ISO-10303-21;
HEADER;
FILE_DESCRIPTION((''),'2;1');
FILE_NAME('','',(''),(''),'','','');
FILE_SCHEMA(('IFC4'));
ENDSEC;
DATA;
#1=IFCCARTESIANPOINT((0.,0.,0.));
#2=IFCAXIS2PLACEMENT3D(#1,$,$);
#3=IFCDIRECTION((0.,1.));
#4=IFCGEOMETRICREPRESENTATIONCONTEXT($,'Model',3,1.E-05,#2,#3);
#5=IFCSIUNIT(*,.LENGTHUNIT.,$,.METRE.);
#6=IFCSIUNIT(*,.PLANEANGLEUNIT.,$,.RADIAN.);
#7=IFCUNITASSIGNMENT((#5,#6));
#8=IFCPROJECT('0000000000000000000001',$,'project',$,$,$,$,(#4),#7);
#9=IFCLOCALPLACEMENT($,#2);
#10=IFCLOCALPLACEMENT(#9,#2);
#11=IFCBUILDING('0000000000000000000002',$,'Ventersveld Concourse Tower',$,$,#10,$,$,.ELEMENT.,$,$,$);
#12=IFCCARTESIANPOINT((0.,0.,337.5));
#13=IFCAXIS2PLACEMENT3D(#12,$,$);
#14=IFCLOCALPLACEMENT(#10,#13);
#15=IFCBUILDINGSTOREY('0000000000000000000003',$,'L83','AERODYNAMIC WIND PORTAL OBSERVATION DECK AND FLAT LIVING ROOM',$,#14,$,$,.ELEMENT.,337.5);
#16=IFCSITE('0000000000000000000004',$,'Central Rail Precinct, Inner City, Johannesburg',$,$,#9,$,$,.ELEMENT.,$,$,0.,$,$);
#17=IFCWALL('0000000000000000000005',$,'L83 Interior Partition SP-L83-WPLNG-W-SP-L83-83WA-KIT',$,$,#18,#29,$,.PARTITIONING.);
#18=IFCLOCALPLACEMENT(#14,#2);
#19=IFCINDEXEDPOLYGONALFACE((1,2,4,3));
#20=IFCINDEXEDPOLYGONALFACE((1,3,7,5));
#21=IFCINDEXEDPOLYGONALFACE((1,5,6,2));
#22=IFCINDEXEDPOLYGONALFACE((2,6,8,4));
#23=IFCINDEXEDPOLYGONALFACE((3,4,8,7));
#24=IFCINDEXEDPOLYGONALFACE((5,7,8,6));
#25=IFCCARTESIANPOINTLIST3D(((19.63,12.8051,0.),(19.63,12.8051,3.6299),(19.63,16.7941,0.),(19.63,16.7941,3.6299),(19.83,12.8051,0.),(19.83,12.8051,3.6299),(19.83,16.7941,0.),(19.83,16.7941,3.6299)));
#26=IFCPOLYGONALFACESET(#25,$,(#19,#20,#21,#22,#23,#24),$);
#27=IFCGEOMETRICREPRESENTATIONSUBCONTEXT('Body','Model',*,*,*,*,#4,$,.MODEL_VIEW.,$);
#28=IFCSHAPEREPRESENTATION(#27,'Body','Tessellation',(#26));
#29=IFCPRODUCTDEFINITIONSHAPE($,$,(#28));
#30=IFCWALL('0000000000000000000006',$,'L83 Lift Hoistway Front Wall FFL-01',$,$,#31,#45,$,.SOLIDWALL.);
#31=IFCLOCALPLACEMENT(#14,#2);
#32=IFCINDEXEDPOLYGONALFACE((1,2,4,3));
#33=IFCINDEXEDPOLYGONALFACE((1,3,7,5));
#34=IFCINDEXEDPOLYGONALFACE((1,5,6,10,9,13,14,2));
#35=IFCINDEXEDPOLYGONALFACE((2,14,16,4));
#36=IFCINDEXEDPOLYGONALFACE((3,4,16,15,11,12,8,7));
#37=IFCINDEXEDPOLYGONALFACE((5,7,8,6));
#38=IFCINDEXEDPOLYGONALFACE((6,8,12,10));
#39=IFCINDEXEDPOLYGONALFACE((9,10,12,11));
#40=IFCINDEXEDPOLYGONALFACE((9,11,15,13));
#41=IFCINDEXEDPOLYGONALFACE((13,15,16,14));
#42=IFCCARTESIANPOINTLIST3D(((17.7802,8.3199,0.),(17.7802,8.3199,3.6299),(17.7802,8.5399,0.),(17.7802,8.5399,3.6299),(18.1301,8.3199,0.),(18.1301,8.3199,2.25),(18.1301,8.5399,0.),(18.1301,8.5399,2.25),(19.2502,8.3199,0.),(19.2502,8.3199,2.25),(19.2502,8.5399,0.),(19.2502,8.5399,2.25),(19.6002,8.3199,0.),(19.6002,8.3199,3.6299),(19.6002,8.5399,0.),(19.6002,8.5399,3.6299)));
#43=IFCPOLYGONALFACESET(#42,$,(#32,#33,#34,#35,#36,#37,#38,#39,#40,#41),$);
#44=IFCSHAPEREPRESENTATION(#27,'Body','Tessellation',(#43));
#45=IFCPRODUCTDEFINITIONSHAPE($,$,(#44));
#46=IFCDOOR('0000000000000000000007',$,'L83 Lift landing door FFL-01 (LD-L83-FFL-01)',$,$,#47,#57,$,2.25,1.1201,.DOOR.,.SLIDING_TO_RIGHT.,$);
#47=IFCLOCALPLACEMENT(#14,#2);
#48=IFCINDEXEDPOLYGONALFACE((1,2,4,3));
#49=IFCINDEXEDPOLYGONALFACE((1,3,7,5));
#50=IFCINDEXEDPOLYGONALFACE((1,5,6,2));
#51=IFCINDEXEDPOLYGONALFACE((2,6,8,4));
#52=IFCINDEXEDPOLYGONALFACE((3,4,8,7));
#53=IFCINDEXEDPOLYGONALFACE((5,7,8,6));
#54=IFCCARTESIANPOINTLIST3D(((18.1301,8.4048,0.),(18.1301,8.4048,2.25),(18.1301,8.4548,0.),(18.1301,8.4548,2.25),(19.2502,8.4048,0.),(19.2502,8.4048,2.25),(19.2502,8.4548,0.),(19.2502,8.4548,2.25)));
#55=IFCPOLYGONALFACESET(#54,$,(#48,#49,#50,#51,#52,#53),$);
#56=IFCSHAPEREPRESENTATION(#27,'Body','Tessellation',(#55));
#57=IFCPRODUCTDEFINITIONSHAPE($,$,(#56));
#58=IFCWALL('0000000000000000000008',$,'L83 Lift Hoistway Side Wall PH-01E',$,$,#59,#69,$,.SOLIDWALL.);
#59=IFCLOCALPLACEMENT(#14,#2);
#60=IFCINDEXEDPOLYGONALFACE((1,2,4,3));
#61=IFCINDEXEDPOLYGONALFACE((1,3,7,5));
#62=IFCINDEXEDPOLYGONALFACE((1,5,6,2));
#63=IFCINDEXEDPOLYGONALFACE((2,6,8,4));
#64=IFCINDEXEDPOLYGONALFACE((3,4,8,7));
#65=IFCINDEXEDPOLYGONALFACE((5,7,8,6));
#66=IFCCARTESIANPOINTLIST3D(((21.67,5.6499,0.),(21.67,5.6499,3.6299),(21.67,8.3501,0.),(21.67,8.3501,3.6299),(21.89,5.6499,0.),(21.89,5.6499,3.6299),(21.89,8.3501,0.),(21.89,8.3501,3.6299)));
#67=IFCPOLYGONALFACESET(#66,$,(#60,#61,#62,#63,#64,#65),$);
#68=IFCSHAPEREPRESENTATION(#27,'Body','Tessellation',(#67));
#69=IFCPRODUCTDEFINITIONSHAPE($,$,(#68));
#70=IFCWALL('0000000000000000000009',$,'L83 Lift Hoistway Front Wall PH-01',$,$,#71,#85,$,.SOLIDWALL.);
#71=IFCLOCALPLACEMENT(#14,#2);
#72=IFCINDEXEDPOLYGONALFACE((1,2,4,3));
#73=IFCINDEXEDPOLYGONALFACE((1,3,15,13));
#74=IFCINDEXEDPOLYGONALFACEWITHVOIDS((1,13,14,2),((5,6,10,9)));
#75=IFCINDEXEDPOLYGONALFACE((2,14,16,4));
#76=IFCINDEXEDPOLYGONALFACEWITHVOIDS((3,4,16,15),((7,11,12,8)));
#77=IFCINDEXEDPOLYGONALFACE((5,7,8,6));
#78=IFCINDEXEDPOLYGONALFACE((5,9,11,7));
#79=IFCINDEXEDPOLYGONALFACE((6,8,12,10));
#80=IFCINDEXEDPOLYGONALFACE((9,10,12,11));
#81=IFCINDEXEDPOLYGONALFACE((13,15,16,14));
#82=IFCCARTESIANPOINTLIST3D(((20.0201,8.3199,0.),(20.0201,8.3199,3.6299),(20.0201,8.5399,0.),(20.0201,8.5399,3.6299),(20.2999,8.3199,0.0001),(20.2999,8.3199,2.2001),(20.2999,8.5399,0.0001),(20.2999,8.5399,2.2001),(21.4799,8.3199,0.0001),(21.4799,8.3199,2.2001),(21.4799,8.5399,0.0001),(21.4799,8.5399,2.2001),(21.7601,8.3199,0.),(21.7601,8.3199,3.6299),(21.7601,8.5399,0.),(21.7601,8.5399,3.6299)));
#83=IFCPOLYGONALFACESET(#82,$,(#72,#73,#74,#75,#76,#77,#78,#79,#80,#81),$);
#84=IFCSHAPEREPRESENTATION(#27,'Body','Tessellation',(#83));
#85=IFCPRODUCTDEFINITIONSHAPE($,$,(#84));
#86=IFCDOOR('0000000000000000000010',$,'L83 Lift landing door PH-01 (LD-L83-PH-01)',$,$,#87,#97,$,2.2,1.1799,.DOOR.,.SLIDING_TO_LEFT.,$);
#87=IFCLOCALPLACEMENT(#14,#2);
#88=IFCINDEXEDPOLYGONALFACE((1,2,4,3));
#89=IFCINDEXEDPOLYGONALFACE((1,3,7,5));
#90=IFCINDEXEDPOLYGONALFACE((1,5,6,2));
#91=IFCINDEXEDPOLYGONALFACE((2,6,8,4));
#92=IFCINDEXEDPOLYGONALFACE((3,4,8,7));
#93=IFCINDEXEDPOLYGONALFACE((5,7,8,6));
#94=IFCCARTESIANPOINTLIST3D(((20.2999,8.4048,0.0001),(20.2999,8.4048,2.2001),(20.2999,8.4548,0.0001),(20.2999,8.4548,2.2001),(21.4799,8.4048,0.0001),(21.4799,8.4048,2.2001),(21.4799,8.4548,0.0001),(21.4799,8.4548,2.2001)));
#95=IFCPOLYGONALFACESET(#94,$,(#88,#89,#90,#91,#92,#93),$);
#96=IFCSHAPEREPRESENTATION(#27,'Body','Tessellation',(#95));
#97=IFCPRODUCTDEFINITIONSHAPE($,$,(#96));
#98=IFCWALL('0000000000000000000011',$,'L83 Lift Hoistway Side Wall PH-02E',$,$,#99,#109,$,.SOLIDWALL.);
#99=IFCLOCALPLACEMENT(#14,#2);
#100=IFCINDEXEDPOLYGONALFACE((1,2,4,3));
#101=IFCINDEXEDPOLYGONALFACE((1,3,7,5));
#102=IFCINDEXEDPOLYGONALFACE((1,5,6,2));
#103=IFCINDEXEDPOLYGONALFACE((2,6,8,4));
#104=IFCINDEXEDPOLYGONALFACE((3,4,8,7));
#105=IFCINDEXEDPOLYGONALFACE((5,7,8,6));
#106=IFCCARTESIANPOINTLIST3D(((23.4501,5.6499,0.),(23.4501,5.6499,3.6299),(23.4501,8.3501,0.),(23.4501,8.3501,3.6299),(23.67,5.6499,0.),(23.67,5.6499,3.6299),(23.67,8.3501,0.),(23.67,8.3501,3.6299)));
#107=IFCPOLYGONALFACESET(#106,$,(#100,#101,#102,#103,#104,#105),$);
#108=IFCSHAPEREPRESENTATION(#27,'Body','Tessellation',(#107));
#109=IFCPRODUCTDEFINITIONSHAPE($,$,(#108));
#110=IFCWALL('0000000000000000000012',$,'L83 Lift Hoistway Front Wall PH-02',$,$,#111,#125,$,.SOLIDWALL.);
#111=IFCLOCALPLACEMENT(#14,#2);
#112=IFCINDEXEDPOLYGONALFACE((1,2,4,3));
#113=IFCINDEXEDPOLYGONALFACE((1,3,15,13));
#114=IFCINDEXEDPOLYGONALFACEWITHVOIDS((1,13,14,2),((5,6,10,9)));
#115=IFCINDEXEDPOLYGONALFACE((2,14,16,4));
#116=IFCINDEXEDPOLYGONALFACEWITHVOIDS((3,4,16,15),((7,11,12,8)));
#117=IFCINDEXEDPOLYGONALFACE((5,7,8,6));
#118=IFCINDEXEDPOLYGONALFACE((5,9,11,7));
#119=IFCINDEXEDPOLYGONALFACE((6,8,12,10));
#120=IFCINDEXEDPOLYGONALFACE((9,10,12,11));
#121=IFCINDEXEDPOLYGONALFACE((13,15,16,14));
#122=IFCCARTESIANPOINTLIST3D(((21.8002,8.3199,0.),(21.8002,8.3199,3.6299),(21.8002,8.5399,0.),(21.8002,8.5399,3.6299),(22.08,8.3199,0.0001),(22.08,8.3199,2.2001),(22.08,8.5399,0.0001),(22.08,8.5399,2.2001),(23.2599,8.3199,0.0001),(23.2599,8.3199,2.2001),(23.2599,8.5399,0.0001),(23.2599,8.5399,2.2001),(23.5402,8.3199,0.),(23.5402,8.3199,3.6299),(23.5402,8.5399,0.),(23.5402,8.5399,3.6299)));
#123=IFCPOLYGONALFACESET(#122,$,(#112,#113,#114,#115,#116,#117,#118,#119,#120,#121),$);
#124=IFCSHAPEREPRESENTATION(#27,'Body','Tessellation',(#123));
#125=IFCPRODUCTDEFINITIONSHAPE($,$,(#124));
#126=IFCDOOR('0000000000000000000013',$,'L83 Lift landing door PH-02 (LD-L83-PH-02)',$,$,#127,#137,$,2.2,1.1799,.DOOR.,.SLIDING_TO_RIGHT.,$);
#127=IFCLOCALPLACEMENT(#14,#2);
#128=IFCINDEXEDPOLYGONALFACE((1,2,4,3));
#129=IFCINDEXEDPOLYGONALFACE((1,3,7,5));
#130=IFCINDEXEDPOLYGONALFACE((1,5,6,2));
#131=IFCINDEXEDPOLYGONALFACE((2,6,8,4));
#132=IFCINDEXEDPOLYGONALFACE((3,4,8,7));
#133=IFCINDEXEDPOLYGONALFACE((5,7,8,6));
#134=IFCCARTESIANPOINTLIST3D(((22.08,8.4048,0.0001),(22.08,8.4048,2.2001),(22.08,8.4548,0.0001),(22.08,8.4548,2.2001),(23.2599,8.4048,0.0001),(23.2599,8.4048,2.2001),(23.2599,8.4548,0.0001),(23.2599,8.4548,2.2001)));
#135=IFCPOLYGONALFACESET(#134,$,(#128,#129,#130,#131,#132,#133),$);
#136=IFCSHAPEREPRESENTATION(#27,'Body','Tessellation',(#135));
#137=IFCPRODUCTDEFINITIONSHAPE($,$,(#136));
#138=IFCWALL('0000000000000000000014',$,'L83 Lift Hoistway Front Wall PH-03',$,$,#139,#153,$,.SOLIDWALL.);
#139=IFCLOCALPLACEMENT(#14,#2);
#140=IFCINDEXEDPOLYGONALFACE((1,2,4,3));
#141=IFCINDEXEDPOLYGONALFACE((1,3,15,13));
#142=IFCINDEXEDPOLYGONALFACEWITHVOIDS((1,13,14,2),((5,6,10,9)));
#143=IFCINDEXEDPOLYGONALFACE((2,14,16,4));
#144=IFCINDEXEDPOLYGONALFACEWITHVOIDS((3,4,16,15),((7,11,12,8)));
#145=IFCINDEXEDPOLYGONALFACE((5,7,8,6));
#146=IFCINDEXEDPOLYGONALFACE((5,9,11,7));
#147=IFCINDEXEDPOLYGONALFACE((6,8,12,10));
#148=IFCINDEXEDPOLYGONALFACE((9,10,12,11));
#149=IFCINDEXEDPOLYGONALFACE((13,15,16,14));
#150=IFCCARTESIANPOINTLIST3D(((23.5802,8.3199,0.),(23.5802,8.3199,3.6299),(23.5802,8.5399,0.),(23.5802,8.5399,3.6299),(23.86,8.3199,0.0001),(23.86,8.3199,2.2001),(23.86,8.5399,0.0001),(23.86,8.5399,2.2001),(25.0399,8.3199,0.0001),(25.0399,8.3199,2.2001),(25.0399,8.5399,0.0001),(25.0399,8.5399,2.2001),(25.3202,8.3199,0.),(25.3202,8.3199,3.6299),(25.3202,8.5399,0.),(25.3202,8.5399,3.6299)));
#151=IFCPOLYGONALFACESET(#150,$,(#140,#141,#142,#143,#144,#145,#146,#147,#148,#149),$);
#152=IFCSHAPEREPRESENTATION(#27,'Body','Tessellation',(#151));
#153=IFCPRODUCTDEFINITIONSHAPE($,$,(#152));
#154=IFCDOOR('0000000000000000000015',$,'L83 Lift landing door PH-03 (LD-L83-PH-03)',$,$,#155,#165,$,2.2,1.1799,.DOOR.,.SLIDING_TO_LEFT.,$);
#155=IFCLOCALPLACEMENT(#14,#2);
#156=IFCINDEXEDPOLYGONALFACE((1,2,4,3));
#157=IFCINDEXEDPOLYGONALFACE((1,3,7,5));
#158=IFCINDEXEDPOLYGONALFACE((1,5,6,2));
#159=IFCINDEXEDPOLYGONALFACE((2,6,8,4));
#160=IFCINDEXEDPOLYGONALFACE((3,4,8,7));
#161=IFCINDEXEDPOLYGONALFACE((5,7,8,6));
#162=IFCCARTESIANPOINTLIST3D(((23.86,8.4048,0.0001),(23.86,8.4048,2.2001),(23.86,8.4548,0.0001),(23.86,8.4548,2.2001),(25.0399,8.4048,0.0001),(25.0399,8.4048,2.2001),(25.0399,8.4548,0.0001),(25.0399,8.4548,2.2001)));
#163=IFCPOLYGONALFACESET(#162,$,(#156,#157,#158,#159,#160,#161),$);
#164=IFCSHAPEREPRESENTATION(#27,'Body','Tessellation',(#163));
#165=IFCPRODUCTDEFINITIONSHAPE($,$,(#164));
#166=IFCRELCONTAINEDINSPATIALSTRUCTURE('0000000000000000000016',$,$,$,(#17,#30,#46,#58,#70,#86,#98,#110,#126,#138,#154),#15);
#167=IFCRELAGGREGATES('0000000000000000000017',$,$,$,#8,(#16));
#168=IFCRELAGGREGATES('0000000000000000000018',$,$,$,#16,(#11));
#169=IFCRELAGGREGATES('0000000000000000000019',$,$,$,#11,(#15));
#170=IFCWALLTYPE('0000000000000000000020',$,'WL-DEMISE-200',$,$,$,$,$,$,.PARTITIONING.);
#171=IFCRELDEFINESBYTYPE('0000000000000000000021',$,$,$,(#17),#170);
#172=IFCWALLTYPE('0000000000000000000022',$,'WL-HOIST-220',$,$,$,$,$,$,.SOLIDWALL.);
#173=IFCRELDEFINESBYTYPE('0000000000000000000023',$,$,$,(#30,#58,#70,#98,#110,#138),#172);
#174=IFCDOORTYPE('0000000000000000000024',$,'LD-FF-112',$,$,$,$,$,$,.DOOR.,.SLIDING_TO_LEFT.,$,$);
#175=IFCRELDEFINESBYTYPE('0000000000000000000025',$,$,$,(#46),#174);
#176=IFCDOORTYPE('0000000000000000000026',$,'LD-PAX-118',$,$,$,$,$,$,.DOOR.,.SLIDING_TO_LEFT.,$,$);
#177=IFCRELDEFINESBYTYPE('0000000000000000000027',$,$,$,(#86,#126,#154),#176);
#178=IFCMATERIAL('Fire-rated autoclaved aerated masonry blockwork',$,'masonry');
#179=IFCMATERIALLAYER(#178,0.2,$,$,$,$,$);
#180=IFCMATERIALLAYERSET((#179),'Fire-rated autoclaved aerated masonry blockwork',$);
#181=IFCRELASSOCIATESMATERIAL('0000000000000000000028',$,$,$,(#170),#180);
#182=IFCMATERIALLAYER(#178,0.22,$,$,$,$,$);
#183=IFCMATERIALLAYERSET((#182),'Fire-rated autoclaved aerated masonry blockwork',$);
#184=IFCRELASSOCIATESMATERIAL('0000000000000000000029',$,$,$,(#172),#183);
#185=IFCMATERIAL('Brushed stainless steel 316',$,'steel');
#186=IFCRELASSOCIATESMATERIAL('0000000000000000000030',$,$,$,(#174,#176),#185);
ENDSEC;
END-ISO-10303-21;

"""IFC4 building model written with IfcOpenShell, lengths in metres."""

from ifc_helpers import new_model, si_unit, direction, frame, frame_2d, origin, place, context, subcontext, project, spatial, rectangle, extrude, material, layer, layer_set, type_object, element, fill, save


model = new_model("IFC4")

# Units and contexts
model_context = context("Model", 3, precision=1e-05, world=origin(), true_north=direction((0.0, 1.0)))
body_context = subcontext(model_context, "Body", "Model", "MODEL_VIEW")
ifc_project = project(units=[si_unit("LENGTHUNIT", "METRE"), si_unit("PLANEANGLEUNIT", "RADIAN")], contexts=[model_context])

# Site, building, storey
site_placement = place(None, origin())
site = spatial("IfcSite", under=ifc_project, at=site_placement, Name="Central Rail Precinct, Inner City, Johannesburg", CompositionType="ELEMENT", RefElevation=0.0)
building_placement = place(site_placement, origin())
building = spatial("IfcBuilding", under=site, at=building_placement, Name="Ventersveld Concourse Tower", CompositionType="ELEMENT")
storey_placement = place(building_placement, frame((0.0, 0.0, 337.5)))
storey = spatial("IfcBuildingStorey", under=building, at=storey_placement, Name="L83", Description="AERODYNAMIC WIND PORTAL OBSERVATION DECK AND FLAT LIVING ROOM", CompositionType="ELEMENT", Elevation=337.5)

# Wall
ifc_material_1 = material(Name="Fire-rated autoclaved aerated masonry blockwork", Category="masonry")
ifc_layer_1 = layer(ifc_material_1, 0.2)
ifc_layer_set_1 = layer_set([ifc_layer_1], Name="Fire-rated autoclaved aerated masonry blockwork")
wall_type_1 = type_object("IfcWallType", Name="WL-DEMISE-200", PredefinedType="PARTITIONING", material=ifc_layer_set_1)
wall_1_placement = place(storey_placement, frame((19.73, 12.8049, 0.0), z_axis=(0.0, 0.0, 1.0), x_axis=(0.0, 1.0, 0.0)))
element("IfcWall", 1, at=wall_1_placement, inside=storey, type_object=wall_type_1, Name="L83 Interior Partition SP-L83-WPLNG-W-SP-L83-83WA-KIT", PredefinedType="PARTITIONING", context=body_context, shape_type="SweptSolid", body=[
    extrude(rectangle(XDim=3.989, YDim=0.2, at=frame_2d((1.9946, 0.0))), origin(), (0.0, 0.0, 1.0), 3.6299),
])

# Wall, opening, door
ifc_layer_2 = layer(ifc_material_1, 0.22)
ifc_layer_set_2 = layer_set([ifc_layer_2], Name="Fire-rated autoclaved aerated masonry blockwork")
wall_type_2 = type_object("IfcWallType", Name="WL-HOIST-220", PredefinedType="SOLIDWALL", material=ifc_layer_set_2)
wall_2_placement = place(storey_placement, frame((17.78, 8.4299, 0.0), z_axis=(0.0, 0.0, 1.0), x_axis=(1.0, 0.0, 0.0)))
wall_2 = element("IfcWall", 2, at=wall_2_placement, inside=storey, type_object=wall_type_2, Name="L83 Lift Hoistway Front Wall FFL-01", PredefinedType="SOLIDWALL", context=body_context, shape_type="SweptSolid", body=[
    extrude(rectangle(XDim=1.8201, YDim=0.22, at=frame_2d((0.9102, 0.0))), origin(), (0.0, 0.0, 1.0), 3.6299),
])
opening_1_placement = place(wall_2_placement, frame((0.3501, 0.0, 0.0)))
opening_1 = element("IfcOpeningElement", 3, at=opening_1_placement, cuts=wall_2, PredefinedType="OPENING", context=body_context, shape_type="SweptSolid", body=[
    extrude(rectangle(XDim=1.1201, YDim=2.25, at=frame_2d((0.5601, 1.125))), frame((0.0, 0.1201, 0.0), z_axis=(0.0, -1.0, 0.0), x_axis=(1.0, 0.0, 0.0)), (0.0, 0.0, 1.0), 0.24),
])
ifc_material_2 = material(Name="Brushed stainless steel 316", Category="steel")
door_type_1 = type_object("IfcDoorType", Name="LD-FF-112", OperationType="SLIDING_TO_LEFT", PredefinedType="DOOR", material=ifc_material_2)
door_1_placement = place(opening_1_placement, origin())
door_1 = element("IfcDoor", 4, at=door_1_placement, inside=storey, type_object=door_type_1, Name="L83 Lift landing door FFL-01 (LD-L83-FFL-01)", OperationType="SLIDING_TO_RIGHT", OverallHeight=2.25, OverallWidth=1.1201, PredefinedType="DOOR", context=body_context, shape_type="SweptSolid", body=[
    extrude(rectangle(XDim=1.1201, YDim=2.25, at=frame_2d((0.5601, 1.125))), frame((0.0, 0.0249, 0.0), z_axis=(0.0, -1.0, 0.0), x_axis=(1.0, 0.0, 0.0)), (0.0, 0.0, 1.0), 0.05),
])
fill(opening_1, door_1)

# Wall
wall_3_placement = place(storey_placement, frame((21.78, 5.6499, 0.0), z_axis=(0.0, 0.0, 1.0), x_axis=(0.0, 1.0, 0.0)))
element("IfcWall", 5, at=wall_3_placement, inside=storey, type_object=wall_type_2, Name="L83 Lift Hoistway Side Wall PH-01E", PredefinedType="SOLIDWALL", context=body_context, shape_type="SweptSolid", body=[
    extrude(rectangle(XDim=2.7002, YDim=0.22, at=frame_2d((1.3501, 0.0))), origin(), (0.0, 0.0, 1.0), 3.6299),
])

# Wall, opening, door
wall_4_placement = place(storey_placement, frame((20.02, 8.4299, 0.0), z_axis=(0.0, 0.0, 1.0), x_axis=(1.0, 0.0, 0.0)))
wall_4 = element("IfcWall", 6, at=wall_4_placement, inside=storey, type_object=wall_type_2, Name="L83 Lift Hoistway Front Wall PH-01", PredefinedType="SOLIDWALL", context=body_context, shape_type="SweptSolid", body=[
    extrude(rectangle(XDim=1.74, YDim=0.22, at=frame_2d((0.8701, 0.0))), origin(), (0.0, 0.0, 1.0), 3.6299),
])
opening_2_placement = place(wall_4_placement, frame((0.28, 0.0, 0.0)))
opening_2 = element("IfcOpeningElement", 7, at=opening_2_placement, cuts=wall_4, PredefinedType="OPENING", context=body_context, shape_type="SweptSolid", body=[
    extrude(rectangle(XDim=1.1799, YDim=2.2, at=frame_2d((0.5898, 1.1001))), frame((0.0, 0.1201, 0.0), z_axis=(0.0, -1.0, 0.0), x_axis=(1.0, 0.0, 0.0)), (0.0, 0.0, 1.0), 0.24),
])
door_type_2 = type_object("IfcDoorType", Name="LD-PAX-118", OperationType="SLIDING_TO_LEFT", PredefinedType="DOOR", material=ifc_material_2)
door_2_placement = place(opening_2_placement, origin())
door_2 = element("IfcDoor", 8, at=door_2_placement, inside=storey, type_object=door_type_2, Name="L83 Lift landing door PH-01 (LD-L83-PH-01)", OperationType="SLIDING_TO_LEFT", OverallHeight=2.2, OverallWidth=1.1799, PredefinedType="DOOR", context=body_context, shape_type="SweptSolid", body=[
    extrude(rectangle(XDim=1.1799, YDim=2.2, at=frame_2d((0.5898, 1.1001))), frame((0.0, 0.0249, 0.0), z_axis=(0.0, -1.0, 0.0), x_axis=(1.0, 0.0, 0.0)), (0.0, 0.0, 1.0), 0.05),
])
fill(opening_2, door_2)

# Wall
wall_5_placement = place(storey_placement, frame((23.5601, 5.6499, 0.0), z_axis=(0.0, 0.0, 1.0), x_axis=(0.0, 1.0, 0.0)))
element("IfcWall", 9, at=wall_5_placement, inside=storey, type_object=wall_type_2, Name="L83 Lift Hoistway Side Wall PH-02E", PredefinedType="SOLIDWALL", context=body_context, shape_type="SweptSolid", body=[
    extrude(rectangle(XDim=2.7002, YDim=0.22, at=frame_2d((1.3501, 0.0))), origin(), (0.0, 0.0, 1.0), 3.6299),
])

# Walls, openings, doors
wall_6_placement = place(storey_placement, frame((21.8, 8.4299, 0.0), z_axis=(0.0, 0.0, 1.0), x_axis=(1.0, 0.0, 0.0)))
wall_6 = element("IfcWall", 10, at=wall_6_placement, inside=storey, type_object=wall_type_2, Name="L83 Lift Hoistway Front Wall PH-02", PredefinedType="SOLIDWALL", context=body_context, shape_type="SweptSolid", body=[
    extrude(rectangle(XDim=1.74, YDim=0.22, at=frame_2d((0.8701, 0.0))), origin(), (0.0, 0.0, 1.0), 3.6299),
])
opening_3_placement = place(wall_6_placement, frame((0.28, 0.0, 0.0)))
opening_3 = element("IfcOpeningElement", 11, at=opening_3_placement, cuts=wall_6, PredefinedType="OPENING", context=body_context, shape_type="SweptSolid", body=[
    extrude(rectangle(XDim=1.1799, YDim=2.2, at=frame_2d((0.5898, 1.1001))), frame((0.0, 0.1201, 0.0), z_axis=(0.0, -1.0, 0.0), x_axis=(1.0, 0.0, 0.0)), (0.0, 0.0, 1.0), 0.24),
])
door_3_placement = place(opening_3_placement, origin())
door_3 = element("IfcDoor", 12, at=door_3_placement, inside=storey, type_object=door_type_2, Name="L83 Lift landing door PH-02 (LD-L83-PH-02)", OperationType="SLIDING_TO_RIGHT", OverallHeight=2.2, OverallWidth=1.1799, PredefinedType="DOOR", context=body_context, shape_type="SweptSolid", body=[
    extrude(rectangle(XDim=1.1799, YDim=2.2, at=frame_2d((0.5898, 1.1001))), frame((0.0, 0.0249, 0.0), z_axis=(0.0, -1.0, 0.0), x_axis=(1.0, 0.0, 0.0)), (0.0, 0.0, 1.0), 0.05),
])
fill(opening_3, door_3)
wall_7_placement = place(storey_placement, frame((23.5801, 8.4299, 0.0), z_axis=(0.0, 0.0, 1.0), x_axis=(1.0, 0.0, 0.0)))
wall_7 = element("IfcWall", 13, at=wall_7_placement, inside=storey, type_object=wall_type_2, Name="L83 Lift Hoistway Front Wall PH-03", PredefinedType="SOLIDWALL", context=body_context, shape_type="SweptSolid", body=[
    extrude(rectangle(XDim=1.74, YDim=0.22, at=frame_2d((0.8701, 0.0))), origin(), (0.0, 0.0, 1.0), 3.6299),
])
opening_4_placement = place(wall_7_placement, frame((0.28, 0.0, 0.0)))
opening_4 = element("IfcOpeningElement", 14, at=opening_4_placement, cuts=wall_7, PredefinedType="OPENING", context=body_context, shape_type="SweptSolid", body=[
    extrude(rectangle(XDim=1.1799, YDim=2.2, at=frame_2d((0.5898, 1.1001))), frame((0.0, 0.1201, 0.0), z_axis=(0.0, -1.0, 0.0), x_axis=(1.0, 0.0, 0.0)), (0.0, 0.0, 1.0), 0.24),
])
door_4_placement = place(opening_4_placement, origin())
door_4 = element("IfcDoor", 15, at=door_4_placement, inside=storey, type_object=door_type_2, Name="L83 Lift landing door PH-03 (LD-L83-PH-03)", OperationType="SLIDING_TO_LEFT", OverallHeight=2.2, OverallWidth=1.1799, PredefinedType="DOOR", context=body_context, shape_type="SweptSolid", body=[
    extrude(rectangle(XDim=1.1799, YDim=2.2, at=frame_2d((0.5898, 1.1001))), frame((0.0, 0.0249, 0.0), z_axis=(0.0, -1.0, 0.0), x_axis=(1.0, 0.0, 0.0)), (0.0, 0.0, 1.0), 0.05),
])
fill(opening_4, door_4)

save(model, "model.ifc")
